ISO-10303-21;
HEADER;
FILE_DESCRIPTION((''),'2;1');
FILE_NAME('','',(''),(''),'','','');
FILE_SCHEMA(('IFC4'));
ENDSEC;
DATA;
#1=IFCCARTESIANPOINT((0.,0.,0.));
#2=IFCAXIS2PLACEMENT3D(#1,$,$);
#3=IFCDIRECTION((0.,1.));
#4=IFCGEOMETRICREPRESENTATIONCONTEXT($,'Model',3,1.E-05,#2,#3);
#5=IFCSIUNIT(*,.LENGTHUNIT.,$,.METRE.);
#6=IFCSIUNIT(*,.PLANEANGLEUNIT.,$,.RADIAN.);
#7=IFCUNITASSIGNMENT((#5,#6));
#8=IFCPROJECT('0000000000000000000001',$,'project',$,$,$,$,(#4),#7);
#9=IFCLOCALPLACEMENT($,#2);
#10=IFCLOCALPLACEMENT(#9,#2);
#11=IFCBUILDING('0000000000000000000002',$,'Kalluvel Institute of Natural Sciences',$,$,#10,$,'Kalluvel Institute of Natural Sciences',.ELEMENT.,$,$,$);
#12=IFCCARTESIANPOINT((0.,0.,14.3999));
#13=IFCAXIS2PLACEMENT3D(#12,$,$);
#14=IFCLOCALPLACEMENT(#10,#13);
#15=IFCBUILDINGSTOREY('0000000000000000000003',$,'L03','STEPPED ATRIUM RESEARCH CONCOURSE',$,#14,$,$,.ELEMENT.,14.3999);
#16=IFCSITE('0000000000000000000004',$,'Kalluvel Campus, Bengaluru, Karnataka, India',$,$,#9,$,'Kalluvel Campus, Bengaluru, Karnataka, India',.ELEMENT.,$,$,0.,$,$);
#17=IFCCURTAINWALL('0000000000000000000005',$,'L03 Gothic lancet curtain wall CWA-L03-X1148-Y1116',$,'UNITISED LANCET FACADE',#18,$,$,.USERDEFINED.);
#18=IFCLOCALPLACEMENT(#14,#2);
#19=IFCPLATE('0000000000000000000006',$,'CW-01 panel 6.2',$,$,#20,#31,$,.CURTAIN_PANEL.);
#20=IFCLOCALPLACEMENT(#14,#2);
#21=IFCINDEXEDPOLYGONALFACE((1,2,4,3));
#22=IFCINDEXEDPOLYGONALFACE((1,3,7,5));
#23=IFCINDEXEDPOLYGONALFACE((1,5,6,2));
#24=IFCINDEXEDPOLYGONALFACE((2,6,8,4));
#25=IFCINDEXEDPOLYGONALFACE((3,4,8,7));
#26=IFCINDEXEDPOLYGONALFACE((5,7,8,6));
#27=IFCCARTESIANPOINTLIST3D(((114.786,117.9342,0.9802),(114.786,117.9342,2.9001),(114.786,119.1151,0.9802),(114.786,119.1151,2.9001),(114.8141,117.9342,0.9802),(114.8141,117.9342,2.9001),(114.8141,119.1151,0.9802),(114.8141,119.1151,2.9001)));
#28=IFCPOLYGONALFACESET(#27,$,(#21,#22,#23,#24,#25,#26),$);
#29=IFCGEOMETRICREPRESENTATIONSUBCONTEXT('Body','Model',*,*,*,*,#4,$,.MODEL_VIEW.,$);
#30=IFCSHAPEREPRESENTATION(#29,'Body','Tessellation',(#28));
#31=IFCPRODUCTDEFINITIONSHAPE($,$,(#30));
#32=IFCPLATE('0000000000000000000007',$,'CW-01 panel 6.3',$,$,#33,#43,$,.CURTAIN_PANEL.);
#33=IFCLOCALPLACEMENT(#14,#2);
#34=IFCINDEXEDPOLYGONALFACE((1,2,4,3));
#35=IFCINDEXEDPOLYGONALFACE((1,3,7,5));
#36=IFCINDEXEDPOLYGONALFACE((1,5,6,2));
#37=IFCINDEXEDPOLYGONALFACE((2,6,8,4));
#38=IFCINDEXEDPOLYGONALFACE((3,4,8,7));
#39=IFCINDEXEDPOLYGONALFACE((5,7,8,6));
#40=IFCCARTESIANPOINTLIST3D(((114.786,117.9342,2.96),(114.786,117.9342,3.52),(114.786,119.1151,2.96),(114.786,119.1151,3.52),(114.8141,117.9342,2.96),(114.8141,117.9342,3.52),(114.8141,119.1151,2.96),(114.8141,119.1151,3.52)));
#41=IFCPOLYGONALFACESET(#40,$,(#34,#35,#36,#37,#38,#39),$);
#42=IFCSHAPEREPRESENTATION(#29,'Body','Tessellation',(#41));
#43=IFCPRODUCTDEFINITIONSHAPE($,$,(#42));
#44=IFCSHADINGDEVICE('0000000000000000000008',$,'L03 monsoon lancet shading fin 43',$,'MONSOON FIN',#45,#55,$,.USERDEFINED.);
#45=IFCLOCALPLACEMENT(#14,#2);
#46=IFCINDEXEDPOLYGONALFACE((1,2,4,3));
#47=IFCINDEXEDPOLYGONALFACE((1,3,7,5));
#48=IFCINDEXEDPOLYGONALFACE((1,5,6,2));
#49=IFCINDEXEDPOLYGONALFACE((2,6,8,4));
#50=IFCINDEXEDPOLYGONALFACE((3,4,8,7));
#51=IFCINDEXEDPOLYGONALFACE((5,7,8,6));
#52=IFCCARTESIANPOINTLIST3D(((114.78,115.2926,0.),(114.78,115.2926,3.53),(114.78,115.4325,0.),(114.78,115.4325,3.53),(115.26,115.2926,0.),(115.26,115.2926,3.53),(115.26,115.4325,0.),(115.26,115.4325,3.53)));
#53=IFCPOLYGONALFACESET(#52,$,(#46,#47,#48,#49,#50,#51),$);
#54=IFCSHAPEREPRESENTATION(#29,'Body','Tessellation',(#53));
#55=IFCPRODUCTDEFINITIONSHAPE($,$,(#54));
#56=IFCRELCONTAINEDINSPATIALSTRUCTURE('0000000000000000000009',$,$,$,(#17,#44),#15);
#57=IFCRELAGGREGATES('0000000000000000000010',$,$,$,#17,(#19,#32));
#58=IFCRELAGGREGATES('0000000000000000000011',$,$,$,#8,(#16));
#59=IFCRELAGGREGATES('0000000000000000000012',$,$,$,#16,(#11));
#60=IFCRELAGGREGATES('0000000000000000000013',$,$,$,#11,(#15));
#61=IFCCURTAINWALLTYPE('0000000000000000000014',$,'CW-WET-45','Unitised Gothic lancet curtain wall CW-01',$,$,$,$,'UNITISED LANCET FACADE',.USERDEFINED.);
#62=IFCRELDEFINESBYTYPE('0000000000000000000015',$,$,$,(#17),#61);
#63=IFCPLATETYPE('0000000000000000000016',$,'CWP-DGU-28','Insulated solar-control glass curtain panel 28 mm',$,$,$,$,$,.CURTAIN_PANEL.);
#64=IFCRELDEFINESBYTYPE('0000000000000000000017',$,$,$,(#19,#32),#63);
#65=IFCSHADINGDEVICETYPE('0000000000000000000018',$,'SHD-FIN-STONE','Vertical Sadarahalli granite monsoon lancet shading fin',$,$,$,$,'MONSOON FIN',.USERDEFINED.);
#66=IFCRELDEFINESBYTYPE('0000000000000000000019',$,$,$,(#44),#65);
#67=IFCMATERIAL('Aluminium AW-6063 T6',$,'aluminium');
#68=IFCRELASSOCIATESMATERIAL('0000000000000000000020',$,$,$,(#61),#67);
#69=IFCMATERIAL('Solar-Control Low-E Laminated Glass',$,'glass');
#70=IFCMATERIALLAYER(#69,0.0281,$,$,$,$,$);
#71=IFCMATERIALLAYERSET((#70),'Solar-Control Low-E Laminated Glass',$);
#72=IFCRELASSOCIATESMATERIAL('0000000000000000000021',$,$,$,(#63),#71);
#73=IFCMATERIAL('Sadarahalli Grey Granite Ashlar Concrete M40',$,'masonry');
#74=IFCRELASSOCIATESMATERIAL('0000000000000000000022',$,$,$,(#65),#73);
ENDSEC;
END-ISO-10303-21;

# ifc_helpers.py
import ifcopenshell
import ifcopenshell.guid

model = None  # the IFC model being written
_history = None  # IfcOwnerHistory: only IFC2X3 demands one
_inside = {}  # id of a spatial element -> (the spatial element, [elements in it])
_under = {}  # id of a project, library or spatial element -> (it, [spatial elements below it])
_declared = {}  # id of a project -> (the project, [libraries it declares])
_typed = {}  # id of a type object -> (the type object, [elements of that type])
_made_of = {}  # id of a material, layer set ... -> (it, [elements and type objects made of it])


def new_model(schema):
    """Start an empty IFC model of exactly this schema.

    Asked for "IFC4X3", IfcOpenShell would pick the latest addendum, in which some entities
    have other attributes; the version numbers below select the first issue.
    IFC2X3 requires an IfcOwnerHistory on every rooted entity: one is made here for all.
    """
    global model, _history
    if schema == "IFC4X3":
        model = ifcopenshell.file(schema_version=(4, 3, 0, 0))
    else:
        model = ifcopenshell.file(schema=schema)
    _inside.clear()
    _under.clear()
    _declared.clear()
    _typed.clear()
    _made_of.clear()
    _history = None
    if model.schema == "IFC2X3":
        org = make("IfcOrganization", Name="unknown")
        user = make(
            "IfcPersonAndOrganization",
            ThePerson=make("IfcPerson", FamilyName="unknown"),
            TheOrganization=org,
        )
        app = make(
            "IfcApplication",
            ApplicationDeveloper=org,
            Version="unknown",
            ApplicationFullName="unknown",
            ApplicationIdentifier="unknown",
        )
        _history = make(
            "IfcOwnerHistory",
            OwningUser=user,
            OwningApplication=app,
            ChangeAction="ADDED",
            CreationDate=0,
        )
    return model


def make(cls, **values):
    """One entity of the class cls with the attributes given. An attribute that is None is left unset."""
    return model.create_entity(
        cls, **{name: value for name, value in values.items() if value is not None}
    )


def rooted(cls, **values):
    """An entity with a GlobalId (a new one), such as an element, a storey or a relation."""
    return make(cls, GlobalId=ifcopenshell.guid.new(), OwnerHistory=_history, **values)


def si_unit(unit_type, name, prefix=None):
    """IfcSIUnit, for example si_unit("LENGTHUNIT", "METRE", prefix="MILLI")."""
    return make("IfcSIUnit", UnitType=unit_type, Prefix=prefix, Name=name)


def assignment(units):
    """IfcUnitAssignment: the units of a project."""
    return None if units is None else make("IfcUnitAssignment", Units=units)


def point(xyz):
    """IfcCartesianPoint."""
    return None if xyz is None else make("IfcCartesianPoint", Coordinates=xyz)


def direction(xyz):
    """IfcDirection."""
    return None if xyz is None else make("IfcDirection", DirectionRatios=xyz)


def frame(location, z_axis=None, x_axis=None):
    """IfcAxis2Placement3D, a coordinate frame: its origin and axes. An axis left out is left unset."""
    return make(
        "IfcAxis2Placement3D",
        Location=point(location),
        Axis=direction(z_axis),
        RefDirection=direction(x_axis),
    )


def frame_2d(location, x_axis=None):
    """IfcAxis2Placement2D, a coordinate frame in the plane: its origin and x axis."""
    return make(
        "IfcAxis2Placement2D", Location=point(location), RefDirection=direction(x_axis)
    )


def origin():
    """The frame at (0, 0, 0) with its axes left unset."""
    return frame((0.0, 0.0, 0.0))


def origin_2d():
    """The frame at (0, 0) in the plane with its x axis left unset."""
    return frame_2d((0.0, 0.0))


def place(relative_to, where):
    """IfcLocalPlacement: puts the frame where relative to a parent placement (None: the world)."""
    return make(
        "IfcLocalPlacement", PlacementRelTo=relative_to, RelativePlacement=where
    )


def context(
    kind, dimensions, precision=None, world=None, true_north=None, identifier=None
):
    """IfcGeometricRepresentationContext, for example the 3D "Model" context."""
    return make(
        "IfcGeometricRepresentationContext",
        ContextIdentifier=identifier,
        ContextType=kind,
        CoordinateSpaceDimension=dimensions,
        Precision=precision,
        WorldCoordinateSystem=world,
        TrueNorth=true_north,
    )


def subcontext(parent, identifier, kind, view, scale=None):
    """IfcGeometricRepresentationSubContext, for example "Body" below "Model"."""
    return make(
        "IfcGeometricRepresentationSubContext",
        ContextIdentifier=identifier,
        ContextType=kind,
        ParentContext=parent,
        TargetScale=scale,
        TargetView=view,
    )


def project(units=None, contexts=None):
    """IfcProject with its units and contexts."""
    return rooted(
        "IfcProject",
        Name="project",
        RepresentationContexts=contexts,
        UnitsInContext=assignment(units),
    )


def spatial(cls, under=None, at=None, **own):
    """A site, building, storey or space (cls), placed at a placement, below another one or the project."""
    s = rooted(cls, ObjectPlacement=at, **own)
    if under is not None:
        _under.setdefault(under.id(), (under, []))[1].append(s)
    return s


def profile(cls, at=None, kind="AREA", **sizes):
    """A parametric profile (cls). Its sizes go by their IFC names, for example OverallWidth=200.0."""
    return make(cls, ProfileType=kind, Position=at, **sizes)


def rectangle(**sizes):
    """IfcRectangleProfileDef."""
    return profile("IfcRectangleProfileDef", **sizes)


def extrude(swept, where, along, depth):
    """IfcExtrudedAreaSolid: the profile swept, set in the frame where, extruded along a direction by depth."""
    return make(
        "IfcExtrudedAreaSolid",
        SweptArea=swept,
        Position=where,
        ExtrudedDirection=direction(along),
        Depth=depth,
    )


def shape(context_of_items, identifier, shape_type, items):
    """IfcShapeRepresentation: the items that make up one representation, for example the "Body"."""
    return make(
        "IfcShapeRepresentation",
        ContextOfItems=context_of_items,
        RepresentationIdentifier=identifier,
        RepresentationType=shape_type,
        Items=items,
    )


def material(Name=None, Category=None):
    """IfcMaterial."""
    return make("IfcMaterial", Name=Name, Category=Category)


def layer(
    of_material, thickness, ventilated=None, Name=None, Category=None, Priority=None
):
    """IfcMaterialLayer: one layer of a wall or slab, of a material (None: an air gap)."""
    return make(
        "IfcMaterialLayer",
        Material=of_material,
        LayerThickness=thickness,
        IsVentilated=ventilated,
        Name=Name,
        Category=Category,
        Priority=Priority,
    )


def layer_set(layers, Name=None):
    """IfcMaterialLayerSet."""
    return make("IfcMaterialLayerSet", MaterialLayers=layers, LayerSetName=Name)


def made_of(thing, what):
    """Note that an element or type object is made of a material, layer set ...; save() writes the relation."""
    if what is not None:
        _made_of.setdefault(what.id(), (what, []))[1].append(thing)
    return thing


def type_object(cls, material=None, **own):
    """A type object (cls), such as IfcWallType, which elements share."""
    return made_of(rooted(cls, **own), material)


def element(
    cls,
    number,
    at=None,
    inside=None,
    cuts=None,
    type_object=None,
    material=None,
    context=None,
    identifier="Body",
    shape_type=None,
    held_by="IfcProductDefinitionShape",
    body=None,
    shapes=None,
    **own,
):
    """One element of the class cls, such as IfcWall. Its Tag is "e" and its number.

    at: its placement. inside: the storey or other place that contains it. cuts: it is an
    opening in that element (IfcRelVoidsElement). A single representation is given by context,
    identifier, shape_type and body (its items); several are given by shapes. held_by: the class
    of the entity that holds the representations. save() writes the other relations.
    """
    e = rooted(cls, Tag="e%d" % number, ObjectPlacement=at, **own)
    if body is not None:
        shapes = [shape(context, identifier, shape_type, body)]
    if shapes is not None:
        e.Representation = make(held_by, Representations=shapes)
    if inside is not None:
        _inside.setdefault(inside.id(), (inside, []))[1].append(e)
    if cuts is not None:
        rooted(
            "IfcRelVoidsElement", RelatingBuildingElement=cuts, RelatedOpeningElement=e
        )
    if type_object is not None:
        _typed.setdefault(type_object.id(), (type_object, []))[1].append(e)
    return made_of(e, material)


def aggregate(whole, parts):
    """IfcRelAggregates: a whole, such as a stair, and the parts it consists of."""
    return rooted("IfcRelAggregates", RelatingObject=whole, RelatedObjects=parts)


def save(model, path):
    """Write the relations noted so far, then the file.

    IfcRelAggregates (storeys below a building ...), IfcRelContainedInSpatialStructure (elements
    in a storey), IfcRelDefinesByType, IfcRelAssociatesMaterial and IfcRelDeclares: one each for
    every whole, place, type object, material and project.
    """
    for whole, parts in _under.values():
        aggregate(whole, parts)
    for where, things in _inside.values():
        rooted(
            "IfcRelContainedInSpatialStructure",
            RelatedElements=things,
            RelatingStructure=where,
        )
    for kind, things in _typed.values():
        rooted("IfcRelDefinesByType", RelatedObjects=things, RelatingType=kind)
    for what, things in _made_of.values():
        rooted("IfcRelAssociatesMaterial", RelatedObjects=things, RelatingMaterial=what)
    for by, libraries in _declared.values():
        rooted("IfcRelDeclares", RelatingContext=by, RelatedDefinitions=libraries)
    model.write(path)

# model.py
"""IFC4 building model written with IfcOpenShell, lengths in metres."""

from ifc_helpers import new_model, si_unit, direction, frame, origin, origin_2d, place, context, subcontext, project, spatial, rectangle, extrude, material, layer, layer_set, type_object, element, aggregate, save


model = new_model("IFC4")

# Units and contexts
model_context = context("Model", 3, precision=1e-05, world=origin(), true_north=direction((0.0, 1.0)))
body_context = subcontext(model_context, "Body", "Model", "MODEL_VIEW")
ifc_project = project(units=[si_unit("LENGTHUNIT", "METRE"), si_unit("PLANEANGLEUNIT", "RADIAN")], contexts=[model_context])

# Site, building, storey
site_placement = place(None, origin())
site = spatial("IfcSite", under=ifc_project, at=site_placement, Name="Kalluvel Campus, Bengaluru, Karnataka, India", LongName="Kalluvel Campus, Bengaluru, Karnataka, India", CompositionType="ELEMENT", RefElevation=0.0)
building_placement = place(site_placement, origin())
building = spatial("IfcBuilding", under=site, at=building_placement, Name="Kalluvel Institute of Natural Sciences", LongName="Kalluvel Institute of Natural Sciences", CompositionType="ELEMENT")
storey_placement = place(building_placement, frame((0.0, 0.0, 14.3999)))
storey = spatial("IfcBuildingStorey", under=building, at=storey_placement, Name="L03", Description="STEPPED ATRIUM RESEARCH CONCOURSE", CompositionType="ELEMENT", Elevation=14.3999)

# Curtain wall
ifc_material_1 = material(Name="Aluminium AW-6063 T6", Category="aluminium")
curtain_wall_type = type_object("IfcCurtainWallType", Name="CW-WET-45", Description="Unitised Gothic lancet curtain wall CW-01", ElementType="UNITISED LANCET FACADE", PredefinedType="USERDEFINED", material=ifc_material_1)
curtain_wall_1_placement = place(storey_placement, origin())
curtain_wall_1 = element("IfcCurtainWall", 1, at=curtain_wall_1_placement, inside=storey, type_object=curtain_wall_type, Name="L03 Gothic lancet curtain wall CWA-L03-X1148-Y1116", ObjectType="UNITISED LANCET FACADE", PredefinedType="USERDEFINED")

# Plates
ifc_material_2 = material(Name="Solar-Control Low-E Laminated Glass", Category="glass")
ifc_layer = layer(ifc_material_2, 0.0281)
ifc_layer_set = layer_set([ifc_layer], Name="Solar-Control Low-E Laminated Glass")
plate_type = type_object("IfcPlateType", Name="CWP-DGU-28", Description="Insulated solar-control glass curtain panel 28 mm", PredefinedType="CURTAIN_PANEL", material=ifc_layer_set)
plate_1_placement = place(storey_placement, frame((114.8, 118.5247, 0.9802), z_axis=(0.0, 0.0, 1.0), x_axis=(0.0, 1.0, 0.0)))
plate_1 = element("IfcPlate", 2, at=plate_1_placement, type_object=plate_type, Name="CW-01 panel 6.2", PredefinedType="CURTAIN_PANEL", context=body_context, shape_type="SweptSolid", body=[
    extrude(rectangle(XDim=1.1809, YDim=0.0281, at=origin_2d()), origin(), (0.0, 0.0, 1.0), 1.9199),
])
plate_2_placement = place(storey_placement, frame((114.8, 118.5247, 2.96), z_axis=(0.0, 0.0, 1.0), x_axis=(0.0, 1.0, 0.0)))
plate_2 = element("IfcPlate", 3, at=plate_2_placement, type_object=plate_type, Name="CW-01 panel 6.3", PredefinedType="CURTAIN_PANEL", context=body_context, shape_type="SweptSolid", body=[
    extrude(rectangle(XDim=1.1809, YDim=0.0281, at=origin_2d()), origin(), (0.0, 0.0, 1.0), 0.5601),
])
aggregate(curtain_wall_1, [plate_1, plate_2])

# Shading device
ifc_material_3 = material(Name="Sadarahalli Grey Granite Ashlar Concrete M40", Category="masonry")
shading_device_type = type_object("IfcShadingDeviceType", Name="SHD-FIN-STONE", Description="Vertical Sadarahalli granite monsoon lancet shading fin", ElementType="MONSOON FIN", PredefinedType="USERDEFINED", material=ifc_material_3)
shading_device_placement = place(storey_placement, frame((115.02, 115.3625, 0.0), z_axis=(0.0, 0.0, 1.0), x_axis=(0.0, 1.0, 0.0)))
element("IfcShadingDevice", 4, at=shading_device_placement, inside=storey, type_object=shading_device_type, Name="L03 monsoon lancet shading fin 43", ObjectType="MONSOON FIN", PredefinedType="USERDEFINED", context=body_context, shape_type="SweptSolid", body=[
    extrude(rectangle(XDim=0.1399, YDim=0.48, at=origin_2d()), origin(), (0.0, 0.0, 1.0), 3.53),
])

save(model, "model.ifc")
